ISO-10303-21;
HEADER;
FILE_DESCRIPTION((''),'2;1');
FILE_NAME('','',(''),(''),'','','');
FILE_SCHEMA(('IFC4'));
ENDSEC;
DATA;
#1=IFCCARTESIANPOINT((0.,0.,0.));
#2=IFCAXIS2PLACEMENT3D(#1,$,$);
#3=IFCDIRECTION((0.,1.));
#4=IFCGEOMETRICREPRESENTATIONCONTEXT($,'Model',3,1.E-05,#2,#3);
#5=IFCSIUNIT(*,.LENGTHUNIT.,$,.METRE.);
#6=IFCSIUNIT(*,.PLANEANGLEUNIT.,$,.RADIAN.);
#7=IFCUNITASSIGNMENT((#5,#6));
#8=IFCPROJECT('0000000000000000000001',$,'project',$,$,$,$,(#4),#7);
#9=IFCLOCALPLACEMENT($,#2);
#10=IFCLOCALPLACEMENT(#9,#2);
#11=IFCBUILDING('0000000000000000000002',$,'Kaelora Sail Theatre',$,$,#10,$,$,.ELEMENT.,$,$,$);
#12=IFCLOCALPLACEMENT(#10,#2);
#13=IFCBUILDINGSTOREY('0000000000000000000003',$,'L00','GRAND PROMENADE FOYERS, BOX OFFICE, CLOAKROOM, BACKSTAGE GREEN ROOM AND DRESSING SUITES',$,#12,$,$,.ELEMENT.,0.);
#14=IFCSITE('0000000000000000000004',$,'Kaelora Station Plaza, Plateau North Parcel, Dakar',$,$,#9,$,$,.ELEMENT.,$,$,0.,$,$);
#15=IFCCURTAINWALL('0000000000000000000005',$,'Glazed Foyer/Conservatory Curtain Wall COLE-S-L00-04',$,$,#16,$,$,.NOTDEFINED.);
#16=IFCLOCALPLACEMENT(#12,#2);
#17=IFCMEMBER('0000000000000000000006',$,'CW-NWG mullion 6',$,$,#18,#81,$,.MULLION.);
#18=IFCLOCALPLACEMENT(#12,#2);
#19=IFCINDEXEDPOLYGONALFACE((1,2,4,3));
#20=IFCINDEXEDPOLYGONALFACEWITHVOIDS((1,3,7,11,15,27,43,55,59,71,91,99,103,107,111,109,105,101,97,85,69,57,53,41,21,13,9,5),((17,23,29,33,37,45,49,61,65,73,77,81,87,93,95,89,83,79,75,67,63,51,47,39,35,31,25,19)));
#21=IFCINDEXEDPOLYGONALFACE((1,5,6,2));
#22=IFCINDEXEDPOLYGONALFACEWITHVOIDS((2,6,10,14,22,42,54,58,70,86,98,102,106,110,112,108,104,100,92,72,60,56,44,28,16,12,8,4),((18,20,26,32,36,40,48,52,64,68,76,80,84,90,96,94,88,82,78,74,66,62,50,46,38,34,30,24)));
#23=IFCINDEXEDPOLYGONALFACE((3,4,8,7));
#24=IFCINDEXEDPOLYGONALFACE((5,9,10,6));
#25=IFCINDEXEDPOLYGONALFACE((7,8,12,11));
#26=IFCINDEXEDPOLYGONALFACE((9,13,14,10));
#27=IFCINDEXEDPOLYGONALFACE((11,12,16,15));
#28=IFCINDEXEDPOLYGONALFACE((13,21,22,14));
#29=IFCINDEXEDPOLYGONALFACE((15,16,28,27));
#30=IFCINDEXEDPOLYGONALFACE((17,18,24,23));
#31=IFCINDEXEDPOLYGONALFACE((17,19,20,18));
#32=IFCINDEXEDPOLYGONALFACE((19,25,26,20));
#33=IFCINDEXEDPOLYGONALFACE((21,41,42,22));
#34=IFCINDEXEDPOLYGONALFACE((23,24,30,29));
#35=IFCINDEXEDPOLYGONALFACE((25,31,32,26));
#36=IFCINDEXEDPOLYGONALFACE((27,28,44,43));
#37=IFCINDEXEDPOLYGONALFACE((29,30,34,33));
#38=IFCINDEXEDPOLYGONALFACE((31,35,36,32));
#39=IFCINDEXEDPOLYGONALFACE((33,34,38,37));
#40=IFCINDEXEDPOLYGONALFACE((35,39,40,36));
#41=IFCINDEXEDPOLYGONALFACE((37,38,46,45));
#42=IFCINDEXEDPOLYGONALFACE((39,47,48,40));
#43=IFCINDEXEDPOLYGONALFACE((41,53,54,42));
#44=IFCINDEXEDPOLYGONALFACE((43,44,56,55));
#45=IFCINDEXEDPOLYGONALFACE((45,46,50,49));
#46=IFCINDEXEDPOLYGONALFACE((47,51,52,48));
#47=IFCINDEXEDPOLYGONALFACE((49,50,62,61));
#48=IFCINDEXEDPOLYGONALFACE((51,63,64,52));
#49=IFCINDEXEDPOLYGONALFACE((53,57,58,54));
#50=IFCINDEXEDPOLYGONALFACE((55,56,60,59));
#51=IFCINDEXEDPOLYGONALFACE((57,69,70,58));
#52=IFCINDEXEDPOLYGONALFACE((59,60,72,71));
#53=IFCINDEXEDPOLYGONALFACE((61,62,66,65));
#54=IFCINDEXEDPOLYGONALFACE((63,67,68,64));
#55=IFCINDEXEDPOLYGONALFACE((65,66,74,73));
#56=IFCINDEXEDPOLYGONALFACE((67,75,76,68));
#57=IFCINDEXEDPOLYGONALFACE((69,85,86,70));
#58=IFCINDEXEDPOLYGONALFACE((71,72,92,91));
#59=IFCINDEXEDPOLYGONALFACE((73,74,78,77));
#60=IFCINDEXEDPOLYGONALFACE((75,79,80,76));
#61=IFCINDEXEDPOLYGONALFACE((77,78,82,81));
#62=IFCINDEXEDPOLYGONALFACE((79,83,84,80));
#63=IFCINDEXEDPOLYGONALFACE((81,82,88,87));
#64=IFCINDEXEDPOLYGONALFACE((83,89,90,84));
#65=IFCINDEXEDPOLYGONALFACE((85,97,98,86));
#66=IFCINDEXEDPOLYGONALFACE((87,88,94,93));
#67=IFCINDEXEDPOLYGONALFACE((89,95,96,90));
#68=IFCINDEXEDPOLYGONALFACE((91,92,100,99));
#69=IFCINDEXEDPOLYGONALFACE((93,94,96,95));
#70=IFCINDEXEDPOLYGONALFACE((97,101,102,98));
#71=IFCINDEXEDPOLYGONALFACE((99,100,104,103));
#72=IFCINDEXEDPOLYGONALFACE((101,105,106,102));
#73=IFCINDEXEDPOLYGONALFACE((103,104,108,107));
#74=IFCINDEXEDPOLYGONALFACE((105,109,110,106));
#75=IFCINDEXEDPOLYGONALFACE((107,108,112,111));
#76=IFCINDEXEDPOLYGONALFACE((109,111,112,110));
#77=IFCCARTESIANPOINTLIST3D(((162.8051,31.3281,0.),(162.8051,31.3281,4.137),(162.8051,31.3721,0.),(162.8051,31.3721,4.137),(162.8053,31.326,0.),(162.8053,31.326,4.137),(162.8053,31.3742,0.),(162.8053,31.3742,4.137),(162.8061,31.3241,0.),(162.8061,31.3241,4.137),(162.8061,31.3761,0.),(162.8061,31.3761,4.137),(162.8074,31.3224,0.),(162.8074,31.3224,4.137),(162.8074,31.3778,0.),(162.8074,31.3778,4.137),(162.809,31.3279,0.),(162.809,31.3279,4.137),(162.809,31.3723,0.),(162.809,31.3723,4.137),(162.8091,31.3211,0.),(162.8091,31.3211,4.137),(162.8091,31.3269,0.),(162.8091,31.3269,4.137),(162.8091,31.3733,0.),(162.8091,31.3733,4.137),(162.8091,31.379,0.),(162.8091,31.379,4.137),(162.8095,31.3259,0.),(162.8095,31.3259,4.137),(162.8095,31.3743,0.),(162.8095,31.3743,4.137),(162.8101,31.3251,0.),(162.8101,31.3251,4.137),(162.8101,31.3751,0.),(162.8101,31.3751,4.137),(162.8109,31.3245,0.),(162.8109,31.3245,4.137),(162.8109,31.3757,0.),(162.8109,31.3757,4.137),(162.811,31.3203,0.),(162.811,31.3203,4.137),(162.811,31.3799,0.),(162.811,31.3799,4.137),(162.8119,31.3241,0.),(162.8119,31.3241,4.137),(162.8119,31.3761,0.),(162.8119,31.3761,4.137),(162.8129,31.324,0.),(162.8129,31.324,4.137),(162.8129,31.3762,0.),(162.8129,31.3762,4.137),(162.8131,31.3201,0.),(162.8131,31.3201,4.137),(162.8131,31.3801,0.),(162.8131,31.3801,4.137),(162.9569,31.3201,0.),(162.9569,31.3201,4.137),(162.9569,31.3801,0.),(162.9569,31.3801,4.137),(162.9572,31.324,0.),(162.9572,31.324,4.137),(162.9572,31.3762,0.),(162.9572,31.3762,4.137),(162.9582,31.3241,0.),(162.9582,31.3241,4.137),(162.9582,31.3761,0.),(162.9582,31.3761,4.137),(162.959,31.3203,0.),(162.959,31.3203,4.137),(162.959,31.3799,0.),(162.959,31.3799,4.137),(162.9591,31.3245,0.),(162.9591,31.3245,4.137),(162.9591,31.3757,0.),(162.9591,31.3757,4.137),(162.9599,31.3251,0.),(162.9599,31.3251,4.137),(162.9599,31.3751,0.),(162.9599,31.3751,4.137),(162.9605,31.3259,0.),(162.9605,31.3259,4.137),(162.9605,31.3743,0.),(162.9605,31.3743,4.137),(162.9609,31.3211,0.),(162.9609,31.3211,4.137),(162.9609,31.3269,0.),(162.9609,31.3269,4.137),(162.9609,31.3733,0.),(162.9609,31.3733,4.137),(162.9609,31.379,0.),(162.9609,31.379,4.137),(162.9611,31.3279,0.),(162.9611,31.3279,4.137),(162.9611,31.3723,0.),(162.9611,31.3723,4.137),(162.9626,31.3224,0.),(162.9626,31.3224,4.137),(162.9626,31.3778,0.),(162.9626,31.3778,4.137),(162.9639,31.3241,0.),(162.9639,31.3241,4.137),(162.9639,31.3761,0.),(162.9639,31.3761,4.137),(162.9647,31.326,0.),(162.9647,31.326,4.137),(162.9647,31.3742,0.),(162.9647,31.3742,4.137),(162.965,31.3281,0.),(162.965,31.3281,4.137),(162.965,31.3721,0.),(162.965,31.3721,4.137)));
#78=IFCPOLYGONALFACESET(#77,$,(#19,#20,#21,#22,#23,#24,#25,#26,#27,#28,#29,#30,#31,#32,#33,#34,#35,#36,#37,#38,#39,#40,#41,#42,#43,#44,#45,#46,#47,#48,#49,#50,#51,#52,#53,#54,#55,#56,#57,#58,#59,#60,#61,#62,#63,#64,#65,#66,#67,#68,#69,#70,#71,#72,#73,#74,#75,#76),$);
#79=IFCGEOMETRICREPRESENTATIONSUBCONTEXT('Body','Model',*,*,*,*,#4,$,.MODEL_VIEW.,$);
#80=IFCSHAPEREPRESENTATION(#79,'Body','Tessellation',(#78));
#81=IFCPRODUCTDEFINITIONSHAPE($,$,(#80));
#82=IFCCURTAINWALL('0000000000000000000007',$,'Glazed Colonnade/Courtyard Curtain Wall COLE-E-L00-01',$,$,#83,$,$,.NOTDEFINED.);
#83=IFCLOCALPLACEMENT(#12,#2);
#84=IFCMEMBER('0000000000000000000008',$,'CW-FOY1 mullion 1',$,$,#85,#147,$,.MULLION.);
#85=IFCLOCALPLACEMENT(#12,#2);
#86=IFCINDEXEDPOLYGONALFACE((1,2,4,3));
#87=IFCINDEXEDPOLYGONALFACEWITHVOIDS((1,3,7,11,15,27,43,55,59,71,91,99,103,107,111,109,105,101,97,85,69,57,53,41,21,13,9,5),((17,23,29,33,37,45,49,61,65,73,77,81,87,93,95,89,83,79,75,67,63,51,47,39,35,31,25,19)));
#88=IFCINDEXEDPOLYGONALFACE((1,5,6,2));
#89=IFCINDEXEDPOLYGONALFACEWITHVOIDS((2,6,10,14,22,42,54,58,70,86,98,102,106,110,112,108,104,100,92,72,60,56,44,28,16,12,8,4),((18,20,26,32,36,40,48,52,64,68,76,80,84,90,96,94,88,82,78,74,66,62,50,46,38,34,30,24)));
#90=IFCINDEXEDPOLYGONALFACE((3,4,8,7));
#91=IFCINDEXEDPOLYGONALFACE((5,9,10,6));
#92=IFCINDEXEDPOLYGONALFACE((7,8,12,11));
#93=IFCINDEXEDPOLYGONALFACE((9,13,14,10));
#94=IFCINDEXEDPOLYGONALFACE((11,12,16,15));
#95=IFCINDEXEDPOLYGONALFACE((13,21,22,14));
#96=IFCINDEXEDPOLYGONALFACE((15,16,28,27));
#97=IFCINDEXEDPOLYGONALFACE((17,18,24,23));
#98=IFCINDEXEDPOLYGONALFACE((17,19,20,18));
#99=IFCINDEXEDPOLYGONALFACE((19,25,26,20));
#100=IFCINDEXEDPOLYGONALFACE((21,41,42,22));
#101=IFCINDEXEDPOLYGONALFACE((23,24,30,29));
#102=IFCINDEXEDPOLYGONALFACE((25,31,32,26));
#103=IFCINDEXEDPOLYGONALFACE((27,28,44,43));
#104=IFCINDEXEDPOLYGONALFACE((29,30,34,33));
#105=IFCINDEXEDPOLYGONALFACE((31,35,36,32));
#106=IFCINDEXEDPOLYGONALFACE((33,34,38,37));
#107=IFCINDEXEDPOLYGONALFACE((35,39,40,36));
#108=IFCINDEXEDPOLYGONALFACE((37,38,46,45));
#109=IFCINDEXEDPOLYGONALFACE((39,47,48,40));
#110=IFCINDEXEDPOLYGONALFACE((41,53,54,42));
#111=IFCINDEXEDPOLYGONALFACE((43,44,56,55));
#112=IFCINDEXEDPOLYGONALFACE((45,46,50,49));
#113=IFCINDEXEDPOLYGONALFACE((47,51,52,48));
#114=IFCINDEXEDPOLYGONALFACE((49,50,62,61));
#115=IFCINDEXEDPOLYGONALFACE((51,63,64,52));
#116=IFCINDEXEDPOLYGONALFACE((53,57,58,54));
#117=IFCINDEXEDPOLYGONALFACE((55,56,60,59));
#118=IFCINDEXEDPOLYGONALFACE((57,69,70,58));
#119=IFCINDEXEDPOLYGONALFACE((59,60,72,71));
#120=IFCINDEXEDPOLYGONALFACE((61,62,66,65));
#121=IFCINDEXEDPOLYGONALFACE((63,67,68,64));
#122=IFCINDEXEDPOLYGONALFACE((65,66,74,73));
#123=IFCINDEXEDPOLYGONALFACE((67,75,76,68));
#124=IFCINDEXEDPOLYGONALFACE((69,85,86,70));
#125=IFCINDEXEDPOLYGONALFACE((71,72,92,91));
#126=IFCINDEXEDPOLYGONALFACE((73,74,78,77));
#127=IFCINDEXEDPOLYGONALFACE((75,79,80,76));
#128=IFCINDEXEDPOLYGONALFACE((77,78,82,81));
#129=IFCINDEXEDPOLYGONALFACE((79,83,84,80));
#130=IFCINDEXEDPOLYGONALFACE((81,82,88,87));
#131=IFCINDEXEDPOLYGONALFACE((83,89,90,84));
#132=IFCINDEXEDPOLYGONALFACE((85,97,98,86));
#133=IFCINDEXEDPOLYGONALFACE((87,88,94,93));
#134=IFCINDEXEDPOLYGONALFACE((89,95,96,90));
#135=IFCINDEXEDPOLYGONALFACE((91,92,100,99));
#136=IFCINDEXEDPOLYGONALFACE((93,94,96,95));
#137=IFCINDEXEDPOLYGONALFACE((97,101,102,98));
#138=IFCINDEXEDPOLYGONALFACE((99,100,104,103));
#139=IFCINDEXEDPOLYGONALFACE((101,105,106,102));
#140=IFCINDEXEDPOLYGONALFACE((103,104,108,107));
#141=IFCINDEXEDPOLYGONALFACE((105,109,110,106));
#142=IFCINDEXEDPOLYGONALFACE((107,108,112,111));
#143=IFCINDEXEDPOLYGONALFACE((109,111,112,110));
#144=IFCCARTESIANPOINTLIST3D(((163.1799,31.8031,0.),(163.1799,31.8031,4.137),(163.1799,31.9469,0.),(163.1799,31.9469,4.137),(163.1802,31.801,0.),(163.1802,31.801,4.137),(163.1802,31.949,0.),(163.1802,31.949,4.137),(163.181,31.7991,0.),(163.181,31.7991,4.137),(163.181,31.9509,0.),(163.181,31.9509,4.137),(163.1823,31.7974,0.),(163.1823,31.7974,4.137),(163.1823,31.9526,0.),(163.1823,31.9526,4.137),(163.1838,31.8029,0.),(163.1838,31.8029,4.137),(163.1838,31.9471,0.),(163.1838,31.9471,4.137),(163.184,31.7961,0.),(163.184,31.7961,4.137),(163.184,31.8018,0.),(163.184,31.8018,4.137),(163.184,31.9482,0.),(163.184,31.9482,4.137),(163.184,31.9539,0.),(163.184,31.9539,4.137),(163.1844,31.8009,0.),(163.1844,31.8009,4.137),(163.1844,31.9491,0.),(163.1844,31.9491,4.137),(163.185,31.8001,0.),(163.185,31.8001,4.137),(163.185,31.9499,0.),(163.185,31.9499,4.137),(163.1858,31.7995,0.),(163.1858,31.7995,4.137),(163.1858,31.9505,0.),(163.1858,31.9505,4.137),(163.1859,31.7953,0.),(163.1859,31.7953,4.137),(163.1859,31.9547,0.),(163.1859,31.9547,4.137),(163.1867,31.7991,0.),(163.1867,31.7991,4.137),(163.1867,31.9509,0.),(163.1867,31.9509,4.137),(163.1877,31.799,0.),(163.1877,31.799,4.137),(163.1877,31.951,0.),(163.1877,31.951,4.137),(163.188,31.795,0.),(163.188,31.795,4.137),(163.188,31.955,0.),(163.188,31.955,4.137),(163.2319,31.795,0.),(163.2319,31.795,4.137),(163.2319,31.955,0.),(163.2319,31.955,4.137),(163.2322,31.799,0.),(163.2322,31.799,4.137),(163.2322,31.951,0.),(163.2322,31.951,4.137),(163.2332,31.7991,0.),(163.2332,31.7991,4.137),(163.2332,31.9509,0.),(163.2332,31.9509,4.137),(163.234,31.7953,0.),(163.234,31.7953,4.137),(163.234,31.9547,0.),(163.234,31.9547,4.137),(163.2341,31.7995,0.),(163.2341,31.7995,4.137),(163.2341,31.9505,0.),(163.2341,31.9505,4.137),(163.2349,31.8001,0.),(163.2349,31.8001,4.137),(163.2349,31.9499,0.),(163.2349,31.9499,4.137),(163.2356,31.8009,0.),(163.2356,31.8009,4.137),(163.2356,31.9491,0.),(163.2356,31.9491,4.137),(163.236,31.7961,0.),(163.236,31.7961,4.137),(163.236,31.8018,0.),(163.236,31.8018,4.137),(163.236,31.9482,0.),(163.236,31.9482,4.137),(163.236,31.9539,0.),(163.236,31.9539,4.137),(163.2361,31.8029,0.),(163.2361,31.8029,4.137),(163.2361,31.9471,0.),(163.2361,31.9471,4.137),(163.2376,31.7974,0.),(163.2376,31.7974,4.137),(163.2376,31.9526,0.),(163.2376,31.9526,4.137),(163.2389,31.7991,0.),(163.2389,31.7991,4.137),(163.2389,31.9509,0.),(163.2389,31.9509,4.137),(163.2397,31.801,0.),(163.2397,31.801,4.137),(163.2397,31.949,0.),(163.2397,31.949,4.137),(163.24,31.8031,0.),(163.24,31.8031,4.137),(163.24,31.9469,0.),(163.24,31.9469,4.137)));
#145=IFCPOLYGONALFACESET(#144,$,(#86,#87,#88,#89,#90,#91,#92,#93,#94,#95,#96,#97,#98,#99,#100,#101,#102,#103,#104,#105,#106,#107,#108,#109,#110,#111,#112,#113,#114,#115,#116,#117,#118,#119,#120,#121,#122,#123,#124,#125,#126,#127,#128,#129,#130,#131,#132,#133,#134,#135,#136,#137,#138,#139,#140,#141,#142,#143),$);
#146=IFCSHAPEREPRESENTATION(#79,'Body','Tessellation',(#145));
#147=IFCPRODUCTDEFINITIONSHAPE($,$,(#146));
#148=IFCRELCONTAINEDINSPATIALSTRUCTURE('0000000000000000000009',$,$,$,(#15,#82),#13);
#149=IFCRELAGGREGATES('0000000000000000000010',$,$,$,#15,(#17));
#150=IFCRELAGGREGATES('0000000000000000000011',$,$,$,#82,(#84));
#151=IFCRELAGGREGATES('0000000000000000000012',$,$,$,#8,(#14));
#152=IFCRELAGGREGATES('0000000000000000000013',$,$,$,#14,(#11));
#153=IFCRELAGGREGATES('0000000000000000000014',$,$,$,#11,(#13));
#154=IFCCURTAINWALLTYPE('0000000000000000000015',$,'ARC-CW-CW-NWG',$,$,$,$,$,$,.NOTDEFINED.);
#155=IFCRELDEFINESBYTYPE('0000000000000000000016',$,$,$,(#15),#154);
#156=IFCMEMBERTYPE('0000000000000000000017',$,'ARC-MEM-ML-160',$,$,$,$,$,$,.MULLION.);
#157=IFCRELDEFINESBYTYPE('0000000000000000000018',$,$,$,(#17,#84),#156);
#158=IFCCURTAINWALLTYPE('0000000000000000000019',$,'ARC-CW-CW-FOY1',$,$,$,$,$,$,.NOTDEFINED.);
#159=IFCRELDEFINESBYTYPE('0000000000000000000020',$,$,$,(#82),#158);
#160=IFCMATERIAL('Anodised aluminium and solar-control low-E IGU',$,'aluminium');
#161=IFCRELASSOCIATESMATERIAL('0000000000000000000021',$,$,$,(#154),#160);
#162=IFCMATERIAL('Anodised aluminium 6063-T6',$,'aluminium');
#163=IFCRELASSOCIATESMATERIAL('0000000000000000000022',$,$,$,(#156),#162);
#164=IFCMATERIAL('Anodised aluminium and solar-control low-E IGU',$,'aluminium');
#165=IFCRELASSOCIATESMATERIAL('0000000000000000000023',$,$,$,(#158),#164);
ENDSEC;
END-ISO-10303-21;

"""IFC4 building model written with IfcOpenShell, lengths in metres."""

from ifc_helpers import new_model, si_unit, direction, frame, origin, origin_2d, place, context, subcontext, project, spatial, hollow_rectangle, extrude, material, material_profile, profile_set, type_object, element, aggregate, save


model = new_model("IFC4")

# Units and contexts
model_context = context("Model", 3, precision=1e-05, world=origin(), true_north=direction((0.0, 1.0)))
body_context = subcontext(model_context, "Body", "Model", "MODEL_VIEW")
ifc_project = project(units=[si_unit("LENGTHUNIT", "METRE"), si_unit("PLANEANGLEUNIT", "RADIAN")], contexts=[model_context])

# Site, building, storey
site_placement = place(None, origin())
site = spatial("IfcSite", under=ifc_project, at=site_placement, Name="Kaelora Station Plaza, Plateau North Parcel, Dakar", CompositionType="ELEMENT", RefElevation=0.0)
building_placement = place(site_placement, origin())
building = spatial("IfcBuilding", under=site, at=building_placement, Name="Kaelora Sail Theatre", CompositionType="ELEMENT")
storey_placement = place(building_placement, origin())
storey = spatial("IfcBuildingStorey", under=building, at=storey_placement, Name="L00", Description="GRAND PROMENADE FOYERS, BOX OFFICE, CLOAKROOM, BACKSTAGE GREEN ROOM AND DRESSING SUITES", CompositionType="ELEMENT", Elevation=0.0)

# Curtain walls, members
ifc_material_1 = material(Name="Anodised aluminium and solar-control low-E IGU", Category="aluminium")
curtain_wall_type_1 = type_object("IfcCurtainWallType", Name="ARC-CW-CW-NWG", PredefinedType="NOTDEFINED", material=ifc_material_1)
curtain_wall_1_placement = place(storey_placement, origin())
curtain_wall_1 = element("IfcCurtainWall", 1, at=curtain_wall_1_placement, inside=storey, type_object=curtain_wall_type_1, Name="Glazed Foyer/Conservatory Curtain Wall COLE-S-L00-04", PredefinedType="NOTDEFINED")
ifc_material_2 = material(Name="Anodised aluminium 6063-T6", Category="aluminium")
ifc_material_profile_1 = material_profile(ifc_material_2, hollow_rectangle(XDim=0.0601, YDim=0.1599, WallThickness=0.0039, InnerFilletRadius=0.0039, OuterFilletRadius=0.0081, at=origin_2d()), Name="ALU-MULL 60x160x4")
ifc_profile_set_1 = profile_set([ifc_material_profile_1], Name="Anodised aluminium 6063-T6")
member_type_1 = type_object("IfcMemberType", Name="ARC-MEM-ML-160", PredefinedType="MULLION", material=ifc_profile_set_1)
member_1_placement = place(storey_placement, frame((162.885, 31.3501, 0.0), z_axis=(0.0, 0.0, 1.0), x_axis=(0.0, 1.0, 0.0)))
member_1 = element("IfcMember", 2, at=member_1_placement, type_object=member_type_1, Name="CW-NWG mullion 6", PredefinedType="MULLION", context=body_context, shape_type="SweptSolid", body=[
    extrude(hollow_rectangle(XDim=0.0601, YDim=0.1599, WallThickness=0.0039, InnerFilletRadius=0.0039, OuterFilletRadius=0.0081, at=origin_2d()), origin(), (0.0, 0.0, 1.0), 4.137),
])
ifc_material_3 = material(Name="Anodised aluminium and solar-control low-E IGU", Category="aluminium")
curtain_wall_type_2 = type_object("IfcCurtainWallType", Name="ARC-CW-CW-FOY1", PredefinedType="NOTDEFINED", material=ifc_material_3)
curtain_wall_2_placement = place(storey_placement, origin())
curtain_wall_2 = element("IfcCurtainWall", 3, at=curtain_wall_2_placement, inside=storey, type_object=curtain_wall_type_2, Name="Glazed Colonnade/Courtyard Curtain Wall COLE-E-L00-01", PredefinedType="NOTDEFINED")
member_2_placement = place(storey_placement, frame((163.21, 31.875, 0.0), z_axis=(0.0, 0.0, 1.0), x_axis=(-1.0, 0.0, 0.0)))
member_2 = element("IfcMember", 4, at=member_2_placement, type_object=member_type_1, Name="CW-FOY1 mullion 1", PredefinedType="MULLION", context=body_context, shape_type="SweptSolid", body=[
    extrude(hollow_rectangle(XDim=0.0601, YDim=0.1599, WallThickness=0.0039, InnerFilletRadius=0.0039, OuterFilletRadius=0.0081, at=origin_2d()), origin(), (0.0, 0.0, 1.0), 4.137),
])

aggregate(curtain_wall_1, [member_1])
aggregate(curtain_wall_2, [member_2])

save(model, "model.ifc")
